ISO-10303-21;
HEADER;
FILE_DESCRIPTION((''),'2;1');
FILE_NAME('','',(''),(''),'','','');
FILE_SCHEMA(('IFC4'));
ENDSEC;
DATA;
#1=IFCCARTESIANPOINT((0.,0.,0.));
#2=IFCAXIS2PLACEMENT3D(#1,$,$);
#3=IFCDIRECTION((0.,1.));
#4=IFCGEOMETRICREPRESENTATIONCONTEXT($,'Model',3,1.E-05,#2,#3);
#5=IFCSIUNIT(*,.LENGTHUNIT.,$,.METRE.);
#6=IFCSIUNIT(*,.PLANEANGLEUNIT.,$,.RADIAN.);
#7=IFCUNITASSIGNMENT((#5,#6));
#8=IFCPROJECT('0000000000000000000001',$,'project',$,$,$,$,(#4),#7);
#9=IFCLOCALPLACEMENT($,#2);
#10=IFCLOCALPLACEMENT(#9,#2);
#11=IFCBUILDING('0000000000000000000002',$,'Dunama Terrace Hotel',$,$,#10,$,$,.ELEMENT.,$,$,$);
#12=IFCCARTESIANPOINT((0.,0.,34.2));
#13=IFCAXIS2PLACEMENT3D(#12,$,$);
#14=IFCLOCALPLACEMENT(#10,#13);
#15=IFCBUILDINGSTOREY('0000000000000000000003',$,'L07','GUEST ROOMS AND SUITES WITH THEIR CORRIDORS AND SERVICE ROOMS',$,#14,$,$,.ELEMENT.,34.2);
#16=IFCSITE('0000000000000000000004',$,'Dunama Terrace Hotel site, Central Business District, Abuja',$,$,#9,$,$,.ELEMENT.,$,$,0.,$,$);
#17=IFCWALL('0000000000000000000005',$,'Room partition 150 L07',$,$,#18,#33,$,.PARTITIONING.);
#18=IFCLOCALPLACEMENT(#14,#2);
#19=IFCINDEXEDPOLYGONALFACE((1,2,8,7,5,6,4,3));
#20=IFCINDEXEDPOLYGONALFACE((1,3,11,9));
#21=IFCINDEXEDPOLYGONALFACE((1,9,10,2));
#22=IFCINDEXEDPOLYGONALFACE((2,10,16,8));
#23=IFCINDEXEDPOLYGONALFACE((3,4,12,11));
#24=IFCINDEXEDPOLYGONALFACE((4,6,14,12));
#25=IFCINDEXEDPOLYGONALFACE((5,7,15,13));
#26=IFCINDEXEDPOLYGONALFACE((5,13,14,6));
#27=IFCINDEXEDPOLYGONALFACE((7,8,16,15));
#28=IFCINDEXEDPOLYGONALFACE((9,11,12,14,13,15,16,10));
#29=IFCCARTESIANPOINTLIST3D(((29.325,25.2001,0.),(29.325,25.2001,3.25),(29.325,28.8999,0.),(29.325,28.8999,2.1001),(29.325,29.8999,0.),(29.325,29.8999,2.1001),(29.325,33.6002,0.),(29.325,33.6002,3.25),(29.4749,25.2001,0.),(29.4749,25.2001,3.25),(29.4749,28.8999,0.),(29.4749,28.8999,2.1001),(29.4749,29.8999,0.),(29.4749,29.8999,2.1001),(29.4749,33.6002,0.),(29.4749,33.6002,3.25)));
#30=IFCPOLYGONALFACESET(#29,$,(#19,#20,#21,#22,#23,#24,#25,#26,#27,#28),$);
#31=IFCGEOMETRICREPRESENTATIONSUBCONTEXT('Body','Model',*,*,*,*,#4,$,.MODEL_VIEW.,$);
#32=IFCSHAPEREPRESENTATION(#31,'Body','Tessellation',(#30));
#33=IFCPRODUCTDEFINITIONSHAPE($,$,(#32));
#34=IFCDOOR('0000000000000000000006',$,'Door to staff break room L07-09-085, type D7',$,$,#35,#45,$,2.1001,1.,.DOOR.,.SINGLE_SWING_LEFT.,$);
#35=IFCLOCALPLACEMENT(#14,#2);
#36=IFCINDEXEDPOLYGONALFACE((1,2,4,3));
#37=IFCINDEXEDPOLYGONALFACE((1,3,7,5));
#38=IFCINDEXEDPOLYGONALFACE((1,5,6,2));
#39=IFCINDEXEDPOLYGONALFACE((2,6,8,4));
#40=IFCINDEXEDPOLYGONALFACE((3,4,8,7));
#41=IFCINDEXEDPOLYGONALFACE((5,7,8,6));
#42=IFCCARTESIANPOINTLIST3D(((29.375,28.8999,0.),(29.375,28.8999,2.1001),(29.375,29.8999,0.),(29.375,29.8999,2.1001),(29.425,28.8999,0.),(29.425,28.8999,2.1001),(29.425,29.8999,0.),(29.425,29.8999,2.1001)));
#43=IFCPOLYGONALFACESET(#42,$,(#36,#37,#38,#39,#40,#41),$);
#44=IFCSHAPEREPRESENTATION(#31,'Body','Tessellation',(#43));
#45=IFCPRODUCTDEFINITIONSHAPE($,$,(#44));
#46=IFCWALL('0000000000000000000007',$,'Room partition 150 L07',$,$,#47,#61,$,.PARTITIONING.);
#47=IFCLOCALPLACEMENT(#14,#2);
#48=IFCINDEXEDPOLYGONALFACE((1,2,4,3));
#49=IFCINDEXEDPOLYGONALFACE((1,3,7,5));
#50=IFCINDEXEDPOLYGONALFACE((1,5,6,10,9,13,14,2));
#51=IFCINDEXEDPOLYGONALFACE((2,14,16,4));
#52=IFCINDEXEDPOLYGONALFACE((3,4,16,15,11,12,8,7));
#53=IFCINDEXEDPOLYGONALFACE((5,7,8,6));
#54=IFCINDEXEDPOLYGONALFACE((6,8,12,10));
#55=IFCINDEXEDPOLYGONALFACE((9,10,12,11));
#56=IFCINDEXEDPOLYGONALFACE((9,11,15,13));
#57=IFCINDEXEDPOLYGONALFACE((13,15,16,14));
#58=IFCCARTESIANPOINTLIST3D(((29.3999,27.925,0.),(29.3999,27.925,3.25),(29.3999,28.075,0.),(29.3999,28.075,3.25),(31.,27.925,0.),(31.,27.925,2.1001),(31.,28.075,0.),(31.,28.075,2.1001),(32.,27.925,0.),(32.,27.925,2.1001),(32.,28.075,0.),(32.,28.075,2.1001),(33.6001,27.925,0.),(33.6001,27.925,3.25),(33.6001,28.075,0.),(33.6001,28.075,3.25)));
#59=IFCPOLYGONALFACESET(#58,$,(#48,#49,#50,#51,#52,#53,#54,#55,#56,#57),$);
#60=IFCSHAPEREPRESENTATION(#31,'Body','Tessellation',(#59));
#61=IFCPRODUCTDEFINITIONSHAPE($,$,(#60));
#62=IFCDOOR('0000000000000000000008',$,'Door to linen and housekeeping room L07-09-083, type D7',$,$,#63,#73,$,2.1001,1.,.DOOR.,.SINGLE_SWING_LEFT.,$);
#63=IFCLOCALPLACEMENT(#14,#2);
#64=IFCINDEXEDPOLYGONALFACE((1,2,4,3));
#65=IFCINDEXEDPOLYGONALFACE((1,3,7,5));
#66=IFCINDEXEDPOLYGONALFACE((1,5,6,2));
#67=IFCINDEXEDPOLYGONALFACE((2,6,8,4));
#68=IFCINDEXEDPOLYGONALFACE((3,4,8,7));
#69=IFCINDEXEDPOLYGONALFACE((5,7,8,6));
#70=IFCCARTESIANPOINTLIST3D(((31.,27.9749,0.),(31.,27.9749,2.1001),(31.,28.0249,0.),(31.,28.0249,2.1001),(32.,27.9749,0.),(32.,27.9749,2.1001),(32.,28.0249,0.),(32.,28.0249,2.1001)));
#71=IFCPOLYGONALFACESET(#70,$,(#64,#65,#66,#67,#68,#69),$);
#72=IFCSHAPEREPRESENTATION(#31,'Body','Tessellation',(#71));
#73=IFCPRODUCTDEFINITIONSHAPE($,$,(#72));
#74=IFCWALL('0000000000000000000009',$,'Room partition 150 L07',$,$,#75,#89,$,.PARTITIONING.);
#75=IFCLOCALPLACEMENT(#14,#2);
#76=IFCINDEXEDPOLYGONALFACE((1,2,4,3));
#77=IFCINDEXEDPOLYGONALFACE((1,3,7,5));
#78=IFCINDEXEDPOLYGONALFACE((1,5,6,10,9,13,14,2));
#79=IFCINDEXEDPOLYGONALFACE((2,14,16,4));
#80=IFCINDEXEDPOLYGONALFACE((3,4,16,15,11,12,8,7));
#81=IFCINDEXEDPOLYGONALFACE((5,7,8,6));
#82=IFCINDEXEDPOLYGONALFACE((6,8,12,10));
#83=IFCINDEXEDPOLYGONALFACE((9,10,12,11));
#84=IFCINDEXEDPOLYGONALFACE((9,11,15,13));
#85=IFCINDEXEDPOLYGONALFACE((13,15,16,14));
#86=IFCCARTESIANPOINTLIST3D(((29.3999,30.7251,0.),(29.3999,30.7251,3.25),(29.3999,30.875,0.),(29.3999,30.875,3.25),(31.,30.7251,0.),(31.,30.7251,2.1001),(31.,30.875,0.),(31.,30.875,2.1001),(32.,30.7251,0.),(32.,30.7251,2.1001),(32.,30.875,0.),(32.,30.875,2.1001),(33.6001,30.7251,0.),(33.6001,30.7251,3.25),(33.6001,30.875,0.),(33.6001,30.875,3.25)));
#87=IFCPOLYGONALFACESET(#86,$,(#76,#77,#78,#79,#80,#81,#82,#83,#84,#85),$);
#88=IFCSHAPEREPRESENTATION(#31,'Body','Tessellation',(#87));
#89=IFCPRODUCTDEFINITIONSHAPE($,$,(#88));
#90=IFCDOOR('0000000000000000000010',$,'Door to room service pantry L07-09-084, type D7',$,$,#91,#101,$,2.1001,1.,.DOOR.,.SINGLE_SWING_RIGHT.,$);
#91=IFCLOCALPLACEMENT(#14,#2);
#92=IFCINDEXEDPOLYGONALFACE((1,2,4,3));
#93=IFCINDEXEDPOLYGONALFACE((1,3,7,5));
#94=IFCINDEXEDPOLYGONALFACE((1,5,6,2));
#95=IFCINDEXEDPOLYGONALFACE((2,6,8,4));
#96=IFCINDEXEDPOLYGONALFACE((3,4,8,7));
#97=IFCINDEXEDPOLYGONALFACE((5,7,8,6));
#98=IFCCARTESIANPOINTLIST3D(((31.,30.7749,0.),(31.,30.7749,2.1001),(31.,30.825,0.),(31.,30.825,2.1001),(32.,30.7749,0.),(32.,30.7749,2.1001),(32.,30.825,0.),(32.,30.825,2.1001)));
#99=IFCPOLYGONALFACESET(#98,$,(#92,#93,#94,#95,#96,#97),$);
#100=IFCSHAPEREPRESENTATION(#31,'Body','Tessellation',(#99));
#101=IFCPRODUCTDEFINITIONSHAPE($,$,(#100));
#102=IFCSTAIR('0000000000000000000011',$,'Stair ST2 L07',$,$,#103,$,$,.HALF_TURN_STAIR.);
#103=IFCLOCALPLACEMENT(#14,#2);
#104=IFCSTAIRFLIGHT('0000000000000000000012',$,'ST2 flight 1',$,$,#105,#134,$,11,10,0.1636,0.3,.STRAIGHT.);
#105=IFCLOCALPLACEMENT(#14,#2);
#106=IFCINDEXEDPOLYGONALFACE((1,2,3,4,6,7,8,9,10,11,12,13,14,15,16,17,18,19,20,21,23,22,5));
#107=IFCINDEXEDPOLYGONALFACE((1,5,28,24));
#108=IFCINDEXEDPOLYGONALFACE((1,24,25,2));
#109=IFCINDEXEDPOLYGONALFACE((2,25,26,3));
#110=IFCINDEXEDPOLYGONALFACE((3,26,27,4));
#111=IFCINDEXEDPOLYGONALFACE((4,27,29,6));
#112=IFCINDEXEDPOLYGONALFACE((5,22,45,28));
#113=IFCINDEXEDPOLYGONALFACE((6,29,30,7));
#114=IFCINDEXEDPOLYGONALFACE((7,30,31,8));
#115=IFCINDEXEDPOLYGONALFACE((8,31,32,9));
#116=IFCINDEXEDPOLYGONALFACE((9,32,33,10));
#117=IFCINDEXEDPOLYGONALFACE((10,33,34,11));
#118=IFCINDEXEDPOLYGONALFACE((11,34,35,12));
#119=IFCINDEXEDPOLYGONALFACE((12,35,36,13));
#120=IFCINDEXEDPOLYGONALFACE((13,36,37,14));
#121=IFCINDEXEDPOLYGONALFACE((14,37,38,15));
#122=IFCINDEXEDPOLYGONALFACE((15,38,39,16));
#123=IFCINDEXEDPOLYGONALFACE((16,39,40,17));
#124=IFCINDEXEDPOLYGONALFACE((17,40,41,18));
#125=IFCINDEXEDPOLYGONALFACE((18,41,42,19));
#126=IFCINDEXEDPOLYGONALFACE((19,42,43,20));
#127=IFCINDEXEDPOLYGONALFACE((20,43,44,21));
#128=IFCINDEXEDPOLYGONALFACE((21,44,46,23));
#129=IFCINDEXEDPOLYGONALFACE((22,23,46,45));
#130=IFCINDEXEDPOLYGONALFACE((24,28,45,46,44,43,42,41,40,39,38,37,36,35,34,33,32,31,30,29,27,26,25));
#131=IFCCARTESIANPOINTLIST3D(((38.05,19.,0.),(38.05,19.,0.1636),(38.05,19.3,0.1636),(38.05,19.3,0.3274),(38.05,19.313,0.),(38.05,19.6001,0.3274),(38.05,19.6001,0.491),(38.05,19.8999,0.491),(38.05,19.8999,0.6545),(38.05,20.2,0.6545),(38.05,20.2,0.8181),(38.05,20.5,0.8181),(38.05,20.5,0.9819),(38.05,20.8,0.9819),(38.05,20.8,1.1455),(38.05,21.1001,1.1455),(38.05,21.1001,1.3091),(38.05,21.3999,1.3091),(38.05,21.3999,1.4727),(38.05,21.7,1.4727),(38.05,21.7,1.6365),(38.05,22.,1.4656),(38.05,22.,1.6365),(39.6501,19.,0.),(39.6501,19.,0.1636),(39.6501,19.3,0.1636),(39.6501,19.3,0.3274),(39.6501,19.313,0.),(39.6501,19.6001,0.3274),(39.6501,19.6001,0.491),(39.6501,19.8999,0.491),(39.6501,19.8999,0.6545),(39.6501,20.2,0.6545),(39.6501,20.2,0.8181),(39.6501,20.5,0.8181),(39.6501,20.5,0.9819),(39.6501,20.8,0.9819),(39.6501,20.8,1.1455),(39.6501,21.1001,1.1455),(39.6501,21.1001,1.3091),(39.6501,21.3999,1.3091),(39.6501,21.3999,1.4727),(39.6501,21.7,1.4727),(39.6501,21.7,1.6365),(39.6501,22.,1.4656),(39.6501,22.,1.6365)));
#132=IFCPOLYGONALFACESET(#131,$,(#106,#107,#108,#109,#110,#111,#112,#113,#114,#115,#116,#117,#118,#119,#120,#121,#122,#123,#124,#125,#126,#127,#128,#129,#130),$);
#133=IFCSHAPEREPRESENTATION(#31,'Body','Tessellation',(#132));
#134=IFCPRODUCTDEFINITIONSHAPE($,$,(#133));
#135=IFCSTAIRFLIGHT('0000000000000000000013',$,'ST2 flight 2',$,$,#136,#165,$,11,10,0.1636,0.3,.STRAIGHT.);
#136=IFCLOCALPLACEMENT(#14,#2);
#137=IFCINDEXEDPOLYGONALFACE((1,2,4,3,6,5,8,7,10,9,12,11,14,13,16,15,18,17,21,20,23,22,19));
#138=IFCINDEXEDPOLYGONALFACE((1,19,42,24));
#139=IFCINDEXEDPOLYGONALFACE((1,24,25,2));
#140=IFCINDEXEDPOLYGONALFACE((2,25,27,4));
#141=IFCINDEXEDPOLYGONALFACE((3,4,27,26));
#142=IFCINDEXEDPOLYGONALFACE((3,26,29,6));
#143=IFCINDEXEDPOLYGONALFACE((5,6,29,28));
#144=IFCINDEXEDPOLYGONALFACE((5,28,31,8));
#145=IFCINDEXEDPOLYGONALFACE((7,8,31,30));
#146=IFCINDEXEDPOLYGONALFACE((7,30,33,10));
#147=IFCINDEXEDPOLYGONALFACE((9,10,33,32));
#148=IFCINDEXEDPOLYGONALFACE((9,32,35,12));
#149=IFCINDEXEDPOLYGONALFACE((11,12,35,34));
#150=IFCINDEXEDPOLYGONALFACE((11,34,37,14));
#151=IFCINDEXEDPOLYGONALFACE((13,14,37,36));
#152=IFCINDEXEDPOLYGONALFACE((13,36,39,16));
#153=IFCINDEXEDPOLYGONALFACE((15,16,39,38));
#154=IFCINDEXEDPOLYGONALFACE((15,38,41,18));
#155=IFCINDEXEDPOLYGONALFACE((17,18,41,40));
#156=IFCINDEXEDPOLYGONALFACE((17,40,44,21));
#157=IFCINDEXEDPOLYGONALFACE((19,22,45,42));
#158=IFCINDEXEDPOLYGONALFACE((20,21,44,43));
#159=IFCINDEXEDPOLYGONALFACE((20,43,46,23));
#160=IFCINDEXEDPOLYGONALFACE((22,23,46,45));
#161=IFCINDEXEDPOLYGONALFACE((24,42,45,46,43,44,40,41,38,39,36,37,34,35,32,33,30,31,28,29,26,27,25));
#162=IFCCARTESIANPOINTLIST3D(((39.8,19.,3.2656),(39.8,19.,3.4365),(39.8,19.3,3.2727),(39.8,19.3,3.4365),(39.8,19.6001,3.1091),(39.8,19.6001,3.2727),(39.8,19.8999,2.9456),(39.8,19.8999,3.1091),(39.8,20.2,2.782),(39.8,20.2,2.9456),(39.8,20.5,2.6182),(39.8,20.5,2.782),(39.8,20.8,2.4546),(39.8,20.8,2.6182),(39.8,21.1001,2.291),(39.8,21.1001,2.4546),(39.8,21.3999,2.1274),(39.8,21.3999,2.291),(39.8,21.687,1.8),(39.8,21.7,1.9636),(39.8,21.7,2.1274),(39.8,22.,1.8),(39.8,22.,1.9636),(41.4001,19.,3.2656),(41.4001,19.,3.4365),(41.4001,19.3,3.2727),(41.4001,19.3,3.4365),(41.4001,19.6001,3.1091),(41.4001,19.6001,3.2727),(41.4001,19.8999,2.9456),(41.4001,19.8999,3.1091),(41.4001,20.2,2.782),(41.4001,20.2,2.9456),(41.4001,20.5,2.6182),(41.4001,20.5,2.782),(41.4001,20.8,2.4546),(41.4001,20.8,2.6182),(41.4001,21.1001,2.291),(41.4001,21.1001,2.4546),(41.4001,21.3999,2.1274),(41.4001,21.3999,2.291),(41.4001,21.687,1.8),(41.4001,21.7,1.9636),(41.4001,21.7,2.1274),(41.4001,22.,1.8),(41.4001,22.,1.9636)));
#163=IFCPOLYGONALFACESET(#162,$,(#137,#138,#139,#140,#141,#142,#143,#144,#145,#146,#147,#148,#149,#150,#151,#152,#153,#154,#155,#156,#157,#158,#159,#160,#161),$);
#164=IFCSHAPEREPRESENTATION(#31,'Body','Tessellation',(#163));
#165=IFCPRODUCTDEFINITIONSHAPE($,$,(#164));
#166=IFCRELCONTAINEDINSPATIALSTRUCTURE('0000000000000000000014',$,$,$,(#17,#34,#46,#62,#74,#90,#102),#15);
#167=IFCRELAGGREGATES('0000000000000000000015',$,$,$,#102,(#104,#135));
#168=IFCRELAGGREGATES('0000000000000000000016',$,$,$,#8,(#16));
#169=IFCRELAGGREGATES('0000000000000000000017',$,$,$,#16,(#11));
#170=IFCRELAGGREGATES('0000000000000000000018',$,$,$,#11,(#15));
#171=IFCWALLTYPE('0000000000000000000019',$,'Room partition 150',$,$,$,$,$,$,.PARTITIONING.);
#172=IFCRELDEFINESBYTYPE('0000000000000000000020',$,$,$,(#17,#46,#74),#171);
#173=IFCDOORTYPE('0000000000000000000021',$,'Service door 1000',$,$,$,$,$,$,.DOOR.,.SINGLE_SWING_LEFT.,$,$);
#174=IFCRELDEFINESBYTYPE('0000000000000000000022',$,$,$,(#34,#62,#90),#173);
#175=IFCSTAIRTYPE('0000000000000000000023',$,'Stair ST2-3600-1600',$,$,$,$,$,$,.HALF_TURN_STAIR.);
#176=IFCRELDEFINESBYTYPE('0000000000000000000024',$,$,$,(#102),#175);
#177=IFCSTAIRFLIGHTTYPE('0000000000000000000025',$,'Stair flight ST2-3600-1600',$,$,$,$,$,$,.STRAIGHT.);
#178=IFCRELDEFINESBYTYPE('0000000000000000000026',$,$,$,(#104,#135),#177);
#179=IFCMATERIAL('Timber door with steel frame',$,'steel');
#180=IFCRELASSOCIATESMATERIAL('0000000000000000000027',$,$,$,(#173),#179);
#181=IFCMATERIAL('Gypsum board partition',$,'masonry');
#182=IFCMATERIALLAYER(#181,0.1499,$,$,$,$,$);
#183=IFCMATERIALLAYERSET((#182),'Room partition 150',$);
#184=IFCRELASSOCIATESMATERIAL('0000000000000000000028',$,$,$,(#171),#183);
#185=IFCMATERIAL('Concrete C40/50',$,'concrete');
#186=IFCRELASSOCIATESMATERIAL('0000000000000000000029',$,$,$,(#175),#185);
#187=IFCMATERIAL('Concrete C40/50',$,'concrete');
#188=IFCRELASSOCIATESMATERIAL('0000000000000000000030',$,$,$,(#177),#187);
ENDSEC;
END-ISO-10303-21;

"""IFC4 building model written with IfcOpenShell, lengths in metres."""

from ifc_helpers import new_model, si_unit, direction, frame, frame_2d, origin, place, context, subcontext, project, spatial, polyline, rectangle, outline, extrude, material, layer, layer_set, type_object, element, fill, aggregate, save


model = new_model("IFC4")

# Units and contexts
model_context = context("Model", 3, precision=1e-05, world=origin(), true_north=direction((0.0, 1.0)))
body_context = subcontext(model_context, "Body", "Model", "MODEL_VIEW")
ifc_project = project(units=[si_unit("LENGTHUNIT", "METRE"), si_unit("PLANEANGLEUNIT", "RADIAN")], contexts=[model_context])

# Site, building, storey
site_placement = place(None, origin())
site = spatial("IfcSite", under=ifc_project, at=site_placement, Name="Dunama Terrace Hotel site, Central Business District, Abuja", CompositionType="ELEMENT", RefElevation=0.0)
building_placement = place(site_placement, origin())
building = spatial("IfcBuilding", under=site, at=building_placement, Name="Dunama Terrace Hotel", CompositionType="ELEMENT")
storey_placement = place(building_placement, frame((0.0, 0.0, 34.2)))
storey = spatial("IfcBuildingStorey", under=building, at=storey_placement, Name="L07", Description="GUEST ROOMS AND SUITES WITH THEIR CORRIDORS AND SERVICE ROOMS", CompositionType="ELEMENT", Elevation=34.2)

# Shared definitions
ifc_material_1 = material(Name="Timber door with steel frame", Category="steel")
door_type_1 = type_object("IfcDoorType", Name="Service door 1000", OperationType="SINGLE_SWING_LEFT", PredefinedType="DOOR", material=ifc_material_1)

# Walls, openings, doors
ifc_material_2 = material(Name="Gypsum board partition", Category="masonry")
ifc_layer_1 = layer(ifc_material_2, 0.1499)
ifc_layer_set_1 = layer_set([ifc_layer_1], Name="Room partition 150")
wall_type_1 = type_object("IfcWallType", Name="Room partition 150", PredefinedType="PARTITIONING", material=ifc_layer_set_1)
wall_1_placement = place(storey_placement, frame((29.3999, 25.2, 0.0), z_axis=(0.0, 0.0, 1.0), x_axis=(0.0, 1.0, 0.0)))
wall_1 = element("IfcWall", 1, at=wall_1_placement, inside=storey, type_object=wall_type_1, Name="Room partition 150 L07", PredefinedType="PARTITIONING", context=body_context, shape_type="SweptSolid", body=[
    extrude(rectangle(XDim=8.4001, YDim=0.1499, at=frame_2d((4.2002, 0.0))), origin(), (0.0, 0.0, 1.0), 3.25),
])
opening_1_placement = place(wall_1_placement, frame((3.7, 0.0, 0.0)))
opening_1 = element("IfcOpeningElement", 2, at=opening_1_placement, cuts=wall_1, PredefinedType="OPENING", context=body_context, shape_type="SweptSolid", body=[
    extrude(rectangle(XDim=1.0, YDim=2.1001, at=frame_2d((0.5, 1.05))), frame((0.0, 0.085, 0.0), z_axis=(0.0, -1.0, 0.0), x_axis=(1.0, 0.0, 0.0)), (0.0, 0.0, 1.0), 0.1699),
])
door_1_placement = place(opening_1_placement, origin())
door_1 = element("IfcDoor", 3, at=door_1_placement, inside=storey, type_object=door_type_1, Name="Door to staff break room L07-09-085, type D7", OperationType="SINGLE_SWING_LEFT", OverallHeight=2.1001, OverallWidth=1.0, PredefinedType="DOOR", context=body_context, shape_type="SweptSolid", body=[
    extrude(rectangle(XDim=1.0, YDim=2.1001, at=frame_2d((0.5, 1.05))), frame((0.0, 0.0249, 0.0), z_axis=(0.0, -1.0, 0.0), x_axis=(1.0, 0.0, 0.0)), (0.0, 0.0, 1.0), 0.05),
])
fill(opening_1, door_1)
wall_2_placement = place(storey_placement, frame((29.3999, 28.0, 0.0), z_axis=(0.0, 0.0, 1.0), x_axis=(1.0, 0.0, 0.0)))
wall_2 = element("IfcWall", 4, at=wall_2_placement, inside=storey, type_object=wall_type_1, Name="Room partition 150 L07", PredefinedType="PARTITIONING", context=body_context, shape_type="SweptSolid", body=[
    extrude(rectangle(XDim=4.2002, YDim=0.1499, at=frame_2d((2.1001, 0.0))), origin(), (0.0, 0.0, 1.0), 3.25),
])
opening_2_placement = place(wall_2_placement, frame((1.6001, 0.0, 0.0)))
opening_2 = element("IfcOpeningElement", 5, at=opening_2_placement, cuts=wall_2, PredefinedType="OPENING", context=body_context, shape_type="SweptSolid", body=[
    extrude(rectangle(XDim=1.0, YDim=2.1001, at=frame_2d((0.5, 1.05))), frame((0.0, 0.085, 0.0), z_axis=(0.0, -1.0, 0.0), x_axis=(1.0, 0.0, 0.0)), (0.0, 0.0, 1.0), 0.1699),
])
door_2_placement = place(opening_2_placement, frame((1.0, 0.0, 0.0), z_axis=(0.0, 0.0, 1.0), x_axis=(-1.0, 0.0, 0.0)))
door_2 = element("IfcDoor", 6, at=door_2_placement, inside=storey, type_object=door_type_1, Name="Door to linen and housekeeping room L07-09-083, type D7", OperationType="SINGLE_SWING_LEFT", OverallHeight=2.1001, OverallWidth=1.0, PredefinedType="DOOR", context=body_context, shape_type="SweptSolid", body=[
    extrude(rectangle(XDim=1.0, YDim=2.1001, at=frame_2d((0.5, 1.05))), frame((0.0, 0.0251, 0.0), z_axis=(0.0, -1.0, 0.0), x_axis=(1.0, 0.0, 0.0)), (0.0, 0.0, 1.0), 0.05),
])
fill(opening_2, door_2)
wall_3_placement = place(storey_placement, frame((29.3999, 30.8, 0.0), z_axis=(0.0, 0.0, 1.0), x_axis=(1.0, 0.0, 0.0)))
wall_3 = element("IfcWall", 7, at=wall_3_placement, inside=storey, type_object=wall_type_1, Name="Room partition 150 L07", PredefinedType="PARTITIONING", context=body_context, shape_type="SweptSolid", body=[
    extrude(rectangle(XDim=4.2002, YDim=0.1499, at=frame_2d((2.1001, 0.0))), origin(), (0.0, 0.0, 1.0), 3.25),
])
opening_3_placement = place(wall_3_placement, frame((1.6001, 0.0, 0.0)))
opening_3 = element("IfcOpeningElement", 8, at=opening_3_placement, cuts=wall_3, PredefinedType="OPENING", context=body_context, shape_type="SweptSolid", body=[
    extrude(rectangle(XDim=1.0, YDim=2.1001, at=frame_2d((0.5, 1.05))), frame((0.0, 0.085, 0.0), z_axis=(0.0, -1.0, 0.0), x_axis=(1.0, 0.0, 0.0)), (0.0, 0.0, 1.0), 0.1699),
])
door_3_placement = place(opening_3_placement, origin())
door_3 = element("IfcDoor", 9, at=door_3_placement, inside=storey, type_object=door_type_1, Name="Door to room service pantry L07-09-084, type D7", OperationType="SINGLE_SWING_RIGHT", OverallHeight=2.1001, OverallWidth=1.0, PredefinedType="DOOR", context=body_context, shape_type="SweptSolid", body=[
    extrude(rectangle(XDim=1.0, YDim=2.1001, at=frame_2d((0.5, 1.05))), frame((0.0, 0.0249, 0.0), z_axis=(0.0, -1.0, 0.0), x_axis=(1.0, 0.0, 0.0)), (0.0, 0.0, 1.0), 0.05),
])
fill(opening_3, door_3)

# Stair, stair flights
ifc_material_3 = material(Name="Concrete C40/50", Category="concrete")
stair_type = type_object("IfcStairType", Name="Stair ST2-3600-1600", PredefinedType="HALF_TURN_STAIR", material=ifc_material_3)
stair_placement = place(storey_placement, origin())
stair = element("IfcStair", 10, at=stair_placement, inside=storey, type_object=stair_type, Name="Stair ST2 L07", PredefinedType="HALF_TURN_STAIR")
ifc_material_4 = material(Name="Concrete C40/50", Category="concrete")
stair_flight_type = type_object("IfcStairFlightType", Name="Stair flight ST2-3600-1600", PredefinedType="STRAIGHT", material=ifc_material_4)
stair_flight_1_placement = place(storey_placement, frame((38.8501, 19.0, 0.0), z_axis=(0.0, 0.0, 1.0), x_axis=(0.0, 1.0, 0.0)))
stair_flight_1 = element("IfcStairFlight", 11, at=stair_flight_1_placement, type_object=stair_flight_type, Name="ST2 flight 1", NumberOfRisers=11, NumberOfTreads=10, PredefinedType="STRAIGHT", RiserHeight=0.1636, TreadLength=0.3, context=body_context, shape_type="SweptSolid", body=[
    extrude(outline(polyline([(0.0, 0.0), (0.0, 0.1636), (0.3, 0.1636), (0.3, 0.3274), (0.6001, 0.3274), (0.6001, 0.491), (0.8999, 0.491), (0.8999, 0.6545), (1.2, 0.6545), (1.2, 0.8181), (1.5, 0.8181), (1.5, 0.9819), (1.8, 0.9819), (1.8, 1.1455), (2.1001, 1.1455), (2.1001, 1.3091), (2.3999, 1.3091), (2.3999, 1.4727), (2.7, 1.4727), (2.7, 1.6365), (3.0, 1.6365), (3.0, 1.8), (3.0, 1.4656), (0.313, 0.0), (0.0, 0.0)])), frame((0.0, 0.8, 0.0), z_axis=(0.0, -1.0, 0.0), x_axis=(1.0, 0.0, 0.0)), (0.0, 0.0, 1.0), 1.6001),
])
stair_flight_2_placement = place(storey_placement, frame((40.6001, 22.0, 1.8), z_axis=(0.0, 0.0, 1.0), x_axis=(0.0, -1.0, 0.0)))
stair_flight_2 = element("IfcStairFlight", 12, at=stair_flight_2_placement, type_object=stair_flight_type, Name="ST2 flight 2", NumberOfRisers=11, NumberOfTreads=10, PredefinedType="STRAIGHT", RiserHeight=0.1636, TreadLength=0.3, context=body_context, shape_type="SweptSolid", body=[
    extrude(outline(polyline([(0.0, 0.0), (0.0, 0.1636), (0.3, 0.1636), (0.3, 0.3274), (0.6001, 0.3274), (0.6001, 0.491), (0.8999, 0.491), (0.8999, 0.6545), (1.2, 0.6545), (1.2, 0.8181), (1.5, 0.8181), (1.5, 0.9819), (1.8, 0.9819), (1.8, 1.1455), (2.1001, 1.1455), (2.1001, 1.3091), (2.3999, 1.3091), (2.3999, 1.4727), (2.7, 1.4727), (2.7, 1.6365), (3.0, 1.6365), (3.0, 1.8), (3.0, 1.4656), (0.313, 0.0), (0.0, 0.0)])), frame((0.0, 0.8, 0.0), z_axis=(0.0, -1.0, 0.0), x_axis=(1.0, 0.0, 0.0)), (0.0, 0.0, 1.0), 1.6001),
])
aggregate(stair, [stair_flight_1, stair_flight_2])

save(model, "model.ifc")
